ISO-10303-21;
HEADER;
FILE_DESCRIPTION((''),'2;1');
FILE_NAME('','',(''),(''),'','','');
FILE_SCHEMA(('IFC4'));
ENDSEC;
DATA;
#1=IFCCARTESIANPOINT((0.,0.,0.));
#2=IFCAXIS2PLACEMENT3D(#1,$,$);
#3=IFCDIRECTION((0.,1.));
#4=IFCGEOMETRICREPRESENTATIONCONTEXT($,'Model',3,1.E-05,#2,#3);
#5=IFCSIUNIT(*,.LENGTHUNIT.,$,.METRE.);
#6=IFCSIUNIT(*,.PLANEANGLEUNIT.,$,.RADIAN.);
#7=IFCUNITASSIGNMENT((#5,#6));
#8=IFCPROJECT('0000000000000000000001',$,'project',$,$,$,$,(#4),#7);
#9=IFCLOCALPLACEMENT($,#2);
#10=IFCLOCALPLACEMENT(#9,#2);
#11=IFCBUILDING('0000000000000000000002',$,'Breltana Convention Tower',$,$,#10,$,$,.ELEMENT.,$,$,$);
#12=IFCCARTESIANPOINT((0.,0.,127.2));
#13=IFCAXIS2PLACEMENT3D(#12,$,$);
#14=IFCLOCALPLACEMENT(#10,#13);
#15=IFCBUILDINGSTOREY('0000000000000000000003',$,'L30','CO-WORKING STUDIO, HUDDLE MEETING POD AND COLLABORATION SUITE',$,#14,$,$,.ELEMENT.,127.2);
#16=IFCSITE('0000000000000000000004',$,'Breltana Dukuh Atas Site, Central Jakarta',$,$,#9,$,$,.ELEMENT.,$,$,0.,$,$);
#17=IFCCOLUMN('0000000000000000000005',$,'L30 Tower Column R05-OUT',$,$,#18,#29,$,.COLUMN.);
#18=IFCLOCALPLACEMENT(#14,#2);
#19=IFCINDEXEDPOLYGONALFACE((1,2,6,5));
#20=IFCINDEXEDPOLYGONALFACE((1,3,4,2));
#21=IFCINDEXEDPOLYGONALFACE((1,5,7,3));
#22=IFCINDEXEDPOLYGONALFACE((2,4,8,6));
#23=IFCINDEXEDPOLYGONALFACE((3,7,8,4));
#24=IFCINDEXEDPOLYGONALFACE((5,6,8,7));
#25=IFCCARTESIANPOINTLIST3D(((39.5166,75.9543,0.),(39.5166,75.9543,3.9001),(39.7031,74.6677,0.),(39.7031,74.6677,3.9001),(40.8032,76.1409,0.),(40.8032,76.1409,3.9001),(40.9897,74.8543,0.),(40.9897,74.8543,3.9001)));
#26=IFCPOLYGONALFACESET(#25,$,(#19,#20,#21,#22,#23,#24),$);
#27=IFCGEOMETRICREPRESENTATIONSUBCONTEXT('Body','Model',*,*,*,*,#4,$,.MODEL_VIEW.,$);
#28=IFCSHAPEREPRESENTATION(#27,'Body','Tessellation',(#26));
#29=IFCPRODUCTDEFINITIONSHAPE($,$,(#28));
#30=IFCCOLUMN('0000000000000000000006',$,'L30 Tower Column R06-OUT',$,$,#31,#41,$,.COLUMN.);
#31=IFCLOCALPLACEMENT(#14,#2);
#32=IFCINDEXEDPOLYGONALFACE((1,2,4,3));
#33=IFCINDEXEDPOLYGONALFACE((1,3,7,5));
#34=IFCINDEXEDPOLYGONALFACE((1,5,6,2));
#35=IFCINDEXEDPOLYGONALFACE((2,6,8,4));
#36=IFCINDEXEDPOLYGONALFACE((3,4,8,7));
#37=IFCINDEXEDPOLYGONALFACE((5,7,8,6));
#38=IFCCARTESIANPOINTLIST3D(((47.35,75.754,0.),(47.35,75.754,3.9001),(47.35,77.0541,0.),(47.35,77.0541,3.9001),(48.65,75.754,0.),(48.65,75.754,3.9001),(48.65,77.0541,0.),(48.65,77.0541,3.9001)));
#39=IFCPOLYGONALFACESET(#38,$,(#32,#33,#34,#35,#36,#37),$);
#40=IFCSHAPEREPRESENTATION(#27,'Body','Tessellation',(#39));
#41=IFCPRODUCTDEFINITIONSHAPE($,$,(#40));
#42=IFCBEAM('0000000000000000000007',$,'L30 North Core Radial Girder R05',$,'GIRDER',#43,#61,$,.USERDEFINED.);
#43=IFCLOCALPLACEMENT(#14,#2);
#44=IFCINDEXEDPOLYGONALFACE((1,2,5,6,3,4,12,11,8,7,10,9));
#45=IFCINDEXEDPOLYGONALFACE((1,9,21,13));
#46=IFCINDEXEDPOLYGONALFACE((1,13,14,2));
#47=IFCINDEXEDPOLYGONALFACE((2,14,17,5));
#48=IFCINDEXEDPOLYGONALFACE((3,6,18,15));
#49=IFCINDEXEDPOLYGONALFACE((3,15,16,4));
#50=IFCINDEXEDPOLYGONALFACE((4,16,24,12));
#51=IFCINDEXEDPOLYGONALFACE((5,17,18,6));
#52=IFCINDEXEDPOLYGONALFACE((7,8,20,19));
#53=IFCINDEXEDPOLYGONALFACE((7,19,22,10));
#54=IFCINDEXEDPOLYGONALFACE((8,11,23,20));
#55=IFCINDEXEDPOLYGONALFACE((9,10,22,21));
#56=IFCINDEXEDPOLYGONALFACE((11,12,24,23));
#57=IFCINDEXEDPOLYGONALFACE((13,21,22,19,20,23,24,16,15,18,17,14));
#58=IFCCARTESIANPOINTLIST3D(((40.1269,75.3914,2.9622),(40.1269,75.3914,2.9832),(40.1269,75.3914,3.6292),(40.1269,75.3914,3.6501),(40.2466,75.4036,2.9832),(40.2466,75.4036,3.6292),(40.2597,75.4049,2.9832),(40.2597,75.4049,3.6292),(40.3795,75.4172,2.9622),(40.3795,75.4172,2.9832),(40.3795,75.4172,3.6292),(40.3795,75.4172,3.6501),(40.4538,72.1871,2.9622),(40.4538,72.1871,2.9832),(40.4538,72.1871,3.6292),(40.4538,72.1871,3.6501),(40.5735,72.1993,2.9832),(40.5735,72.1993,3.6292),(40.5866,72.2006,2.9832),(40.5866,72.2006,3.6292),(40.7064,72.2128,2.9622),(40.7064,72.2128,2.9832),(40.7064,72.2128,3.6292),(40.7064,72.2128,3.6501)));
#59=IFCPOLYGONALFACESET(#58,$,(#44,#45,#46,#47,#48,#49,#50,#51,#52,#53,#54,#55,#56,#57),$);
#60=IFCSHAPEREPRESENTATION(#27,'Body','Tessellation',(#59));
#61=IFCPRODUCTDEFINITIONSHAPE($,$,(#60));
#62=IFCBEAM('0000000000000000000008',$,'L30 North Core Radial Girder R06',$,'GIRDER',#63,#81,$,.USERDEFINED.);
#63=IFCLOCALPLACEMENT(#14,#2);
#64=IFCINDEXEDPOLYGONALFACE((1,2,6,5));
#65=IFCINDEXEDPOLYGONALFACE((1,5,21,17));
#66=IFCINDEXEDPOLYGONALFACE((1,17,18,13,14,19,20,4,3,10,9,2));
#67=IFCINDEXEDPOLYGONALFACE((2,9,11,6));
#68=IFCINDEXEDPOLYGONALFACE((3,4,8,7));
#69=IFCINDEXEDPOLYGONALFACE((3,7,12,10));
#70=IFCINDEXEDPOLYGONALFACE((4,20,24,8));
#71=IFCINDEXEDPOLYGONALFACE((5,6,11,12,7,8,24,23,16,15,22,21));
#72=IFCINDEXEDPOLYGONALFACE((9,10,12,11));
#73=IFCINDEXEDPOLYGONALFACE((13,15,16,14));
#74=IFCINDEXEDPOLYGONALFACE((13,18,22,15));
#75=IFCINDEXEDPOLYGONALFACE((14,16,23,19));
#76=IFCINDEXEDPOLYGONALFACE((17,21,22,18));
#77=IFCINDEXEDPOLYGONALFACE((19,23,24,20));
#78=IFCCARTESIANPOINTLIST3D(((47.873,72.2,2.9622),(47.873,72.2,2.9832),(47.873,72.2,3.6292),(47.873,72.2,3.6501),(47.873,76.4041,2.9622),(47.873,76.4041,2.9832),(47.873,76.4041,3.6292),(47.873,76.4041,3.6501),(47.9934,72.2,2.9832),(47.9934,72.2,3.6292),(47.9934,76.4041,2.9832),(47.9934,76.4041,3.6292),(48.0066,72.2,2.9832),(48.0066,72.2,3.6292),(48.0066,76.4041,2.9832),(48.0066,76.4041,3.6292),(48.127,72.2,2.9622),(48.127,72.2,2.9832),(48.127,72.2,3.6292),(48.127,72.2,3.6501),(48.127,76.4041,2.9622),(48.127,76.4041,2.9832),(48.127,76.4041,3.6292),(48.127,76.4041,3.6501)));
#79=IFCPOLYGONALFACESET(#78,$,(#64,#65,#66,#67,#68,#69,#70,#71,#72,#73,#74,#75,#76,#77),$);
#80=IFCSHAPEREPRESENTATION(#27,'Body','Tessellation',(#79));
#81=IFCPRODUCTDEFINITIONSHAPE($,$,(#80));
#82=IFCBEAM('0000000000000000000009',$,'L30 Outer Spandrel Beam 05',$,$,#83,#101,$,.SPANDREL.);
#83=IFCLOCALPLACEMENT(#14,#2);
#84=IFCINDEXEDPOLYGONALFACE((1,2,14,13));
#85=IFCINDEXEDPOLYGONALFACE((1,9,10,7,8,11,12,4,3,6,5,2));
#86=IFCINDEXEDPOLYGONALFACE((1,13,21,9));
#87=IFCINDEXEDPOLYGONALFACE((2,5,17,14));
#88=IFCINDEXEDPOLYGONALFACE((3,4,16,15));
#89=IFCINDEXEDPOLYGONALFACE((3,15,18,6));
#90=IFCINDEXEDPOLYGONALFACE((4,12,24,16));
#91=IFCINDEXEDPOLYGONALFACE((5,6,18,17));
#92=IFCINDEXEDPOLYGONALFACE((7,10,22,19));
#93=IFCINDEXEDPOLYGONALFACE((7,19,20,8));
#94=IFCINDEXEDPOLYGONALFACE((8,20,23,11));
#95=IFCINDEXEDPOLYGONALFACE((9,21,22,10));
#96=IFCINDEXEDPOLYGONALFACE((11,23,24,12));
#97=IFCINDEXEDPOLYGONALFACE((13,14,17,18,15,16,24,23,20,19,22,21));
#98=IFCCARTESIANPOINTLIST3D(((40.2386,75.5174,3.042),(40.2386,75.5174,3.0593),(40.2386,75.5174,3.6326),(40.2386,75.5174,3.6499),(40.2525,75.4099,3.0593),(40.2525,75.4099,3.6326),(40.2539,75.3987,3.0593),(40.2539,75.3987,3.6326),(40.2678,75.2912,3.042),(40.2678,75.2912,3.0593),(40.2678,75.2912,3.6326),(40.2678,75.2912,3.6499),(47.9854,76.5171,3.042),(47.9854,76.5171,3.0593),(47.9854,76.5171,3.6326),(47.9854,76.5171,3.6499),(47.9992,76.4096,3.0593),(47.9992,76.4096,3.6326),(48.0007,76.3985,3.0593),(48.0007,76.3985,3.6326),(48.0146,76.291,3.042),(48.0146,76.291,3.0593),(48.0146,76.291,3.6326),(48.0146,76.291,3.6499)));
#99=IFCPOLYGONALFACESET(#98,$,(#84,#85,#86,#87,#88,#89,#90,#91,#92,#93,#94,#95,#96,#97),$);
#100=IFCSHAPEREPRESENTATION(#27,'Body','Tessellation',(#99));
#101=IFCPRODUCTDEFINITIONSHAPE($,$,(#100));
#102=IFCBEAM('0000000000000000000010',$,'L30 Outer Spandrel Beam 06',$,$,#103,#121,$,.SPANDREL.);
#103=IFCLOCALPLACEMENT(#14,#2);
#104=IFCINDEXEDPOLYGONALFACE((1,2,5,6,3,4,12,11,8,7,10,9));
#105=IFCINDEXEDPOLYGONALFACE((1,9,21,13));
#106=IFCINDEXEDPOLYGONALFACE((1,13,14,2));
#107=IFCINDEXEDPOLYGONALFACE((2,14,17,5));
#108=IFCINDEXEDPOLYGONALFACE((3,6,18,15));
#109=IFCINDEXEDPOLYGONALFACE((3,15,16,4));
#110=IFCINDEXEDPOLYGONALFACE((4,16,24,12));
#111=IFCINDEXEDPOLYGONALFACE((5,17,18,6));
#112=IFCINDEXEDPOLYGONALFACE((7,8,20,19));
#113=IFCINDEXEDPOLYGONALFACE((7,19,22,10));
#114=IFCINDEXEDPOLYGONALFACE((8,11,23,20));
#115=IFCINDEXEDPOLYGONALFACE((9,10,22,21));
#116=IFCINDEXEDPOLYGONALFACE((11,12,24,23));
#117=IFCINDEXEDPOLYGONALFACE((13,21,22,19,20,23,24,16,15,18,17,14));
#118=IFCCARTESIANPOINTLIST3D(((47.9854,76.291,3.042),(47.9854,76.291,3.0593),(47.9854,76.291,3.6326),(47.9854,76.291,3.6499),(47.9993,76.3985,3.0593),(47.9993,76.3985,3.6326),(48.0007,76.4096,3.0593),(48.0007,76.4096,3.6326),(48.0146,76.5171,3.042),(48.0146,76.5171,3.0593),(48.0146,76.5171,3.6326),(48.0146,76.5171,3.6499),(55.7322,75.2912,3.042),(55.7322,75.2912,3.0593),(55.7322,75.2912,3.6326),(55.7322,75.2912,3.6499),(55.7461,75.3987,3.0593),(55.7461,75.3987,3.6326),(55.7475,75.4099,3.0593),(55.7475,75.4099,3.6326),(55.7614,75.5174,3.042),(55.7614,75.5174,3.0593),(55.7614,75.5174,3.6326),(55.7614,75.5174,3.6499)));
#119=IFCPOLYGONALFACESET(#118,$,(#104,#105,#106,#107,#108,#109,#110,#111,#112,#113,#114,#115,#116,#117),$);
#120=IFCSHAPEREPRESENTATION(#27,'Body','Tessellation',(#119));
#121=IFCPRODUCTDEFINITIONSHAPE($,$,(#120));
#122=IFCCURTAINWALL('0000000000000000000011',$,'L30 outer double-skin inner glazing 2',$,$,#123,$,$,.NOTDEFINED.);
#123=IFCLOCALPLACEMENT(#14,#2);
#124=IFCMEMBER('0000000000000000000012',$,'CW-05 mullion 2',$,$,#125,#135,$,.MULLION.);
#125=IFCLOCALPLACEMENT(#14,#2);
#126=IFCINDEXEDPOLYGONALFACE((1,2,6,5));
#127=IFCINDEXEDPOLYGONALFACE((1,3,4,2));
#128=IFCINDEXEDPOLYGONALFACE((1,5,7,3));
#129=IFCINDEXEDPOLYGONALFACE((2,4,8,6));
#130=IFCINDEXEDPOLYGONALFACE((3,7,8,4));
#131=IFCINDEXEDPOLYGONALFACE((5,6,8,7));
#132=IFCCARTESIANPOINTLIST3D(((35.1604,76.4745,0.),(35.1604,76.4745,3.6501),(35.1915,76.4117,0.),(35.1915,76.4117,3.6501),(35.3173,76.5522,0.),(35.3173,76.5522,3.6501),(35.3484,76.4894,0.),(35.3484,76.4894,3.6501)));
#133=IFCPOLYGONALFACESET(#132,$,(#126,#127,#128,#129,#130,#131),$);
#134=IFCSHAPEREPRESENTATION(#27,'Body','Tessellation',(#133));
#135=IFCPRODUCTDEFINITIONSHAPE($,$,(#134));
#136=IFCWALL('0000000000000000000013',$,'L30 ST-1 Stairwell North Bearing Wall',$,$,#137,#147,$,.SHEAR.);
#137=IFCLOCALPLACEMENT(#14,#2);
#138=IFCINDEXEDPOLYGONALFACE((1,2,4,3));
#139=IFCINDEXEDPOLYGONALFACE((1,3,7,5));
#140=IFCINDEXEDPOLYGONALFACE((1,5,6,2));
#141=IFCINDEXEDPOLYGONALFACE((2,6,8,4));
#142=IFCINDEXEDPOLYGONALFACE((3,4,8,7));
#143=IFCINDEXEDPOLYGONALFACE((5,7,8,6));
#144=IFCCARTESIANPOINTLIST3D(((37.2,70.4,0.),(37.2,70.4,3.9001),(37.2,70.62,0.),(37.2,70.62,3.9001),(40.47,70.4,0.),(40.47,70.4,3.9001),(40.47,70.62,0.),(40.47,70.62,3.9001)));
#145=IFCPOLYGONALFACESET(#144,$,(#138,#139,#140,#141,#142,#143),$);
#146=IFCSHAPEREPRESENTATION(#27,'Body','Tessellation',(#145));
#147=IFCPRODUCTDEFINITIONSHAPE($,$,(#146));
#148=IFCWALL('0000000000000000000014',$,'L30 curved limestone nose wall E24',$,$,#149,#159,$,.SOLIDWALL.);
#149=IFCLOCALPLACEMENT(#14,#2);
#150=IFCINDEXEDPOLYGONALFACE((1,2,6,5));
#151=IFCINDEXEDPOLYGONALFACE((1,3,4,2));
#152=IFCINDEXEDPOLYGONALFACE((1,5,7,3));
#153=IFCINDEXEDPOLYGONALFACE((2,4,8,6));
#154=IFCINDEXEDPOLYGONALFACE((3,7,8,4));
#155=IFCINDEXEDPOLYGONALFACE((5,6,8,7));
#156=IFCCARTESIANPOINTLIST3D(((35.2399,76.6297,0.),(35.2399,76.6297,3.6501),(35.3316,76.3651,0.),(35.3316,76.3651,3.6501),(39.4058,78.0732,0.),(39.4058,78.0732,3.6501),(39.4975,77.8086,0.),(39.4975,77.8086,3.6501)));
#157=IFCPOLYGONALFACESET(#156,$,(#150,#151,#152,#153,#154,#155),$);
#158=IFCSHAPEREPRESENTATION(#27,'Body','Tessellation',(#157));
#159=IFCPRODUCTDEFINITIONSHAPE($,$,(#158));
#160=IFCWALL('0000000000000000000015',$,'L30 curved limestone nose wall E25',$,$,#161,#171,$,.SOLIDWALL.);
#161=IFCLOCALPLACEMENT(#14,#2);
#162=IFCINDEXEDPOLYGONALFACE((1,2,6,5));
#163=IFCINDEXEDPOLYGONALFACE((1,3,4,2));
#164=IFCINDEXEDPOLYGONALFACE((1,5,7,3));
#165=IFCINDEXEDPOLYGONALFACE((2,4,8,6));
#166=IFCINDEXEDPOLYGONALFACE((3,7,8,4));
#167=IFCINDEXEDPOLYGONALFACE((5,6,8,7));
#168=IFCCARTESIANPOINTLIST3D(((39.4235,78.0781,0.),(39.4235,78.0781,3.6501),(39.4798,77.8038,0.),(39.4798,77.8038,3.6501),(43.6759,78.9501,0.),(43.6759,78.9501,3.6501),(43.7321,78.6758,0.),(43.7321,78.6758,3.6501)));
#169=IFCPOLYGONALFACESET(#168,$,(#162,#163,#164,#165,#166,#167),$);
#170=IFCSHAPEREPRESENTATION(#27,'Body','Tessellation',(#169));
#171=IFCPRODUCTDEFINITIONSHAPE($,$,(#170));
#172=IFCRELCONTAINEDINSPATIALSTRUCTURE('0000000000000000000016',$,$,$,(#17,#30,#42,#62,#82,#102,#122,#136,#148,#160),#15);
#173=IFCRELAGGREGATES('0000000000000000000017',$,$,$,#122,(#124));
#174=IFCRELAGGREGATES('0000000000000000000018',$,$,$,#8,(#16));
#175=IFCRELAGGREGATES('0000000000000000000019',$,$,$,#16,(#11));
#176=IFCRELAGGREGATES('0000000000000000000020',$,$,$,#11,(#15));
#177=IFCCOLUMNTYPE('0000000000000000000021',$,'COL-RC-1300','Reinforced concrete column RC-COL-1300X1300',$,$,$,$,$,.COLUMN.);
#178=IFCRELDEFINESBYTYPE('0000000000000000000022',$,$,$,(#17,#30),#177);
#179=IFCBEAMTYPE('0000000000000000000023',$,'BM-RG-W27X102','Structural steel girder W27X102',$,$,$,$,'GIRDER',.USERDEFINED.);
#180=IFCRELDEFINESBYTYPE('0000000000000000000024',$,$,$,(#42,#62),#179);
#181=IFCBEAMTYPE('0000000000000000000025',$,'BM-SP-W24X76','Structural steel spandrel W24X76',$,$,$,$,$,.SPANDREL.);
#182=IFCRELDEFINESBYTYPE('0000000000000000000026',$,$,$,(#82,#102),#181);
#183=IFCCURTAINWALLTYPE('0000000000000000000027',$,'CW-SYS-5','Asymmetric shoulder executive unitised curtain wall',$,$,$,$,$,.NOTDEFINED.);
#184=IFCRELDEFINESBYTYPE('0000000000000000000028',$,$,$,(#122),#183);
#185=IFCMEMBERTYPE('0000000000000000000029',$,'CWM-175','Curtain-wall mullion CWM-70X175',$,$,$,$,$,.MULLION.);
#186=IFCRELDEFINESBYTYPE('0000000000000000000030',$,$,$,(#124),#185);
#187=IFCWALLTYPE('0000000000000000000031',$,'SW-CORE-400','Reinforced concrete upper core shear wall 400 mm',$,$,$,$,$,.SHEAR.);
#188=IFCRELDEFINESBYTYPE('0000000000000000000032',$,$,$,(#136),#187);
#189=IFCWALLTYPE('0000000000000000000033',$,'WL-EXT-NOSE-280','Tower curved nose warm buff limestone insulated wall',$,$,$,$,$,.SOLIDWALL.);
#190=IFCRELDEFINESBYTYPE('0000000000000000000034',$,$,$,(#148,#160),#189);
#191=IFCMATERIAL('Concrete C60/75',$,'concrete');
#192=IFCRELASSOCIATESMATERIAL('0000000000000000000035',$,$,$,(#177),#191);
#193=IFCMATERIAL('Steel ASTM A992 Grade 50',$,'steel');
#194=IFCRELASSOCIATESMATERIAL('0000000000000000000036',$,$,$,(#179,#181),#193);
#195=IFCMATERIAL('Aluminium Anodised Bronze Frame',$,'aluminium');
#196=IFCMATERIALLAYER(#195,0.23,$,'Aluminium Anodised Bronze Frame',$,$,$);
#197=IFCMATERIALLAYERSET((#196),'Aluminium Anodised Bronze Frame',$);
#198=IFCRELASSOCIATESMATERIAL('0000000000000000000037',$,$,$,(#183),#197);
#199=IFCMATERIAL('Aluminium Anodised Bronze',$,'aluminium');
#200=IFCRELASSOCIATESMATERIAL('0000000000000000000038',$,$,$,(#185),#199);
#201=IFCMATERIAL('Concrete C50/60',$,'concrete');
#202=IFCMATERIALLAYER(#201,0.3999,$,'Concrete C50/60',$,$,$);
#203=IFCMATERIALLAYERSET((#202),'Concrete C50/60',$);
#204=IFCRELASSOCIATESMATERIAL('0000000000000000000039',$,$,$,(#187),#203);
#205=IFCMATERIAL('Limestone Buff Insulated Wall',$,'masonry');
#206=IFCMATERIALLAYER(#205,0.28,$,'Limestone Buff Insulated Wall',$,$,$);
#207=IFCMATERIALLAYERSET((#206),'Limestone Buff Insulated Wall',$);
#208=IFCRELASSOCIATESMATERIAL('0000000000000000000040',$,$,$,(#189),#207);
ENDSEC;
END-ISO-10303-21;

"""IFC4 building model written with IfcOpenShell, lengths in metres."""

from ifc_helpers import new_model, si_unit, direction, frame, frame_2d, origin, origin_2d, place, context, subcontext, project, spatial, rectangle, i_section, extrude, source, transform, mapped, material, layer, layer_set, material_profile, profile_set, type_object, element, aggregate, save


model = new_model("IFC4")

# Units and contexts
model_context = context("Model", 3, precision=1e-05, world=origin(), true_north=direction((0.0, 1.0)))
body_context = subcontext(model_context, "Body", "Model", "MODEL_VIEW")
ifc_project = project(units=[si_unit("LENGTHUNIT", "METRE"), si_unit("PLANEANGLEUNIT", "RADIAN")], contexts=[model_context])

# Site, building, storey
site_placement = place(None, origin())
site = spatial("IfcSite", under=ifc_project, at=site_placement, Name="Breltana Dukuh Atas Site, Central Jakarta", CompositionType="ELEMENT", RefElevation=0.0)
building_placement = place(site_placement, origin())
building = spatial("IfcBuilding", under=site, at=building_placement, Name="Breltana Convention Tower", CompositionType="ELEMENT")
storey_placement = place(building_placement, frame((0.0, 0.0, 127.2)))
storey = spatial("IfcBuildingStorey", under=building, at=storey_placement, Name="L30", Description="CO-WORKING STUDIO, HUDDLE MEETING POD AND COLLABORATION SUITE", CompositionType="ELEMENT", Elevation=127.2)

# Columns
ifc_material_1 = material(Name="Concrete C60/75", Category="concrete")
ifc_material_profile_1 = material_profile(ifc_material_1, rectangle(XDim=1.3, YDim=1.3, at=origin_2d()), Name="RC-COL-1300X1300")
ifc_profile_set_1 = profile_set([ifc_material_profile_1], Name="Concrete C60/75")
column_type = type_object("IfcColumnType", Name="COL-RC-1300", Description="Reinforced concrete column RC-COL-1300X1300", PredefinedType="COLUMN", material=ifc_profile_set_1)
shared_shape_1 = source(origin(), body_context, "Body", "SweptSolid", [
    extrude(rectangle(XDim=1.3, YDim=1.3, at=origin_2d()), origin(), (0.0, 0.0, 1.0), 3.9001),
])
for number, where, z_axis, x_axis, name in (
    (1, (40.2532, 75.4043, 0.0), (0.0, 0.0, 1.0), (-0.143493, 0.989651, 0.0), "L30 Tower Column R05-OUT"),
    (2, (48.0, 76.4041, 0.0), (0.0, 0.0, 1.0), (0.0, 1.0, 0.0), "L30 Tower Column R06-OUT"),
):
    element("IfcColumn", number, at=place(storey_placement, frame(where, z_axis=z_axis, x_axis=x_axis)), inside=storey, type_object=column_type, Name=name, PredefinedType="COLUMN", context=body_context, shape_type="MappedRepresentation", body=[
        mapped(shared_shape_1, transform((0.0, 0.0, 0.0), scale=1.0)),
    ])

# Beams
ifc_material_2 = material(Name="Steel ASTM A992 Grade 50", Category="steel")
ifc_material_profile_2 = material_profile(ifc_material_2, i_section(OverallWidth=0.2539, OverallDepth=0.688, WebThickness=0.0132, FlangeThickness=0.021, at=origin_2d()), Name="W27X102")
ifc_profile_set_2 = profile_set([ifc_material_profile_2], Name="Steel ASTM A992 Grade 50")
beam_type_1 = type_object("IfcBeamType", Name="BM-RG-W27X102", Description="Structural steel girder W27X102", ElementType="GIRDER", PredefinedType="USERDEFINED", material=ifc_profile_set_2)
shared_shape_2 = source(origin(), body_context, "Body", "SweptSolid", [
    extrude(i_section(OverallWidth=0.2539, OverallDepth=0.688, WebThickness=0.0132, FlangeThickness=0.021, at=origin_2d()), origin(), (0.0, 0.0, 1.0), 3.2209),
])
beam_1_placement = place(storey_placement, frame((40.5801, 72.2, 3.3062), z_axis=(-0.101492, 0.994836, 0.0), x_axis=(-0.994836, -0.101492, 0.0)))
element("IfcBeam", 3, at=beam_1_placement, inside=storey, type_object=beam_type_1, Name="L30 North Core Radial Girder R05", ObjectType="GIRDER", PredefinedType="USERDEFINED", context=body_context, shape_type="MappedRepresentation", body=[
    mapped(shared_shape_2, transform((0.0, 0.0, 0.0), scale=1.0)),
])
shared_shape_3 = source(origin(), body_context, "Body", "SweptSolid", [
    extrude(i_section(OverallWidth=0.2539, OverallDepth=0.688, WebThickness=0.0132, FlangeThickness=0.021, at=origin_2d()), origin(), (0.0, 0.0, 1.0), 4.2041),
])
beam_2_placement = place(storey_placement, frame((48.0, 72.2, 3.3062), z_axis=(0.0, 1.0, 0.0), x_axis=(-1.0, 0.0, 0.0)))
element("IfcBeam", 4, at=beam_2_placement, inside=storey, type_object=beam_type_1, Name="L30 North Core Radial Girder R06", ObjectType="GIRDER", PredefinedType="USERDEFINED", context=body_context, shape_type="MappedRepresentation", body=[
    mapped(shared_shape_3, transform((0.0, 0.0, 0.0), scale=1.0)),
])
ifc_material_profile_3 = material_profile(ifc_material_2, i_section(OverallWidth=0.228, OverallDepth=0.6079, WebThickness=0.0112, FlangeThickness=0.0173, at=origin_2d()), Name="W24X76")
ifc_profile_set_3 = profile_set([ifc_material_profile_3], Name="Steel ASTM A992 Grade 50")
beam_type_2 = type_object("IfcBeamType", Name="BM-SP-W24X76", Description="Structural steel spandrel W24X76", PredefinedType="SPANDREL", material=ifc_profile_set_3)
shared_shape_4 = source(origin(), body_context, "Body", "SweptSolid", [
    extrude(i_section(OverallWidth=0.228, OverallDepth=0.6079, WebThickness=0.0112, FlangeThickness=0.0173, at=origin_2d()), origin(), (0.0, 0.0, 1.0), 7.811),
])
for number, where, z_axis, x_axis, name in (
    (5, (40.2532, 75.4043, 3.3459), (0.991775, 0.127992, 0.0), (-0.127992, 0.991775, 0.0), "L30 Outer Spandrel Beam 05"),
    (6, (48.0, 76.4041, 3.3459), (0.991775, -0.127992, 0.0), (0.127992, 0.991775, 0.0), "L30 Outer Spandrel Beam 06"),
):
    element("IfcBeam", number, at=place(storey_placement, frame(where, z_axis=z_axis, x_axis=x_axis)), inside=storey, type_object=beam_type_2, Name=name, PredefinedType="SPANDREL", context=body_context, shape_type="MappedRepresentation", body=[
        mapped(shared_shape_4, transform((0.0, 0.0, 0.0), scale=1.0)),
    ])

# Curtain wall, member
ifc_material_3 = material(Name="Aluminium Anodised Bronze Frame", Category="aluminium")
ifc_layer_1 = layer(ifc_material_3, 0.23, Name="Aluminium Anodised Bronze Frame")
ifc_layer_set_1 = layer_set([ifc_layer_1], Name="Aluminium Anodised Bronze Frame")
curtain_wall_type = type_object("IfcCurtainWallType", Name="CW-SYS-5", Description="Asymmetric shoulder executive unitised curtain wall", PredefinedType="NOTDEFINED", material=ifc_layer_set_1)
curtain_wall_placement = place(storey_placement, origin())
curtain_wall = element("IfcCurtainWall", 7, at=curtain_wall_placement, inside=storey, type_object=curtain_wall_type, Name="L30 outer double-skin inner glazing 2", PredefinedType="NOTDEFINED")
ifc_material_4 = material(Name="Aluminium Anodised Bronze", Category="aluminium")
ifc_material_profile_4 = material_profile(ifc_material_4, rectangle(XDim=0.0701, YDim=0.175, at=origin_2d()), Name="CWM-70X175")
ifc_profile_set_4 = profile_set([ifc_material_profile_4], Name="Aluminium Anodised Bronze")
member_type = type_object("IfcMemberType", Name="CWM-175", Description="Curtain-wall mullion CWM-70X175", PredefinedType="MULLION", material=ifc_profile_set_4)
shared_shape_5 = source(origin(), body_context, "Body", "SweptSolid", [
    extrude(rectangle(XDim=0.0701, YDim=0.175, at=origin_2d()), origin(), (0.0, 0.0, 1.0), 3.6501),
])
member_placement = place(storey_placement, frame((35.2544, 76.4819, 0.0), z_axis=(0.0, 0.0, 1.0), x_axis=(-0.444122, 0.895967, 0.0)))
member = element("IfcMember", 8, at=member_placement, type_object=member_type, Name="CW-05 mullion 2", PredefinedType="MULLION", context=body_context, shape_type="MappedRepresentation", body=[
    mapped(shared_shape_5, transform((0.0, 0.0, 0.0), scale=1.0)),
])
aggregate(curtain_wall, [member])

# Walls
ifc_material_5 = material(Name="Concrete C50/60", Category="concrete")
ifc_layer_2 = layer(ifc_material_5, 0.3999, Name="Concrete C50/60")
ifc_layer_set_2 = layer_set([ifc_layer_2], Name="Concrete C50/60")
wall_type_1 = type_object("IfcWallType", Name="SW-CORE-400", Description="Reinforced concrete upper core shear wall 400 mm", PredefinedType="SHEAR", material=ifc_layer_set_2)
shared_shape_6 = source(origin(), body_context, "Body", "SweptSolid", [
    extrude(rectangle(XDim=3.27, YDim=0.22, at=frame_2d((1.635, 0.0))), origin(), (0.0, 0.0, 1.0), 3.9001),
])
wall_1_placement = place(storey_placement, frame((37.2, 70.51, 0.0), z_axis=(0.0, 0.0, 1.0), x_axis=(1.0, 0.0, 0.0)))
element("IfcWall", 9, at=wall_1_placement, inside=storey, type_object=wall_type_1, Name="L30 ST-1 Stairwell North Bearing Wall", PredefinedType="SHEAR", context=body_context, shape_type="MappedRepresentation", body=[
    mapped(shared_shape_6, transform((0.0, 0.0, 0.0), scale=1.0)),
])
ifc_material_6 = material(Name="Limestone Buff Insulated Wall", Category="masonry")
ifc_layer_3 = layer(ifc_material_6, 0.28, Name="Limestone Buff Insulated Wall")
ifc_layer_set_3 = layer_set([ifc_layer_3], Name="Limestone Buff Insulated Wall")
wall_type_2 = type_object("IfcWallType", Name="WL-EXT-NOSE-280", Description="Tower curved nose warm buff limestone insulated wall", PredefinedType="SOLIDWALL", material=ifc_layer_set_3)
shared_shape_7 = source(origin(), body_context, "Body", "SweptSolid", [
    extrude(rectangle(XDim=4.4089, YDim=0.28, at=frame_2d((2.2046, 0.0))), origin(), (0.0, 0.0, 1.0), 3.6501),
])
wall_2_placement = place(storey_placement, frame((35.2856, 76.4973, 0.0), z_axis=(0.0, 0.0, 1.0), x_axis=(0.944879, 0.327419, 0.0)))
element("IfcWall", 10, at=wall_2_placement, inside=storey, type_object=wall_type_2, Name="L30 curved limestone nose wall E24", PredefinedType="SOLIDWALL", context=body_context, shape_type="MappedRepresentation", body=[
    mapped(shared_shape_7, transform((0.0, 0.0, 0.0), scale=1.0)),
])
shared_shape_8 = source(origin(), body_context, "Body", "SweptSolid", [
    extrude(rectangle(XDim=4.3408, YDim=0.28, at=frame_2d((2.1704, 0.0))), origin(), (0.0, 0.0, 1.0), 3.6501),
])
wall_3_placement = place(storey_placement, frame((39.4517, 77.9409, 0.0), z_axis=(0.0, 0.0, 1.0), x_axis=(0.979613, 0.200894, 0.0)))
element("IfcWall", 11, at=wall_3_placement, inside=storey, type_object=wall_type_2, Name="L30 curved limestone nose wall E25", PredefinedType="SOLIDWALL", context=body_context, shape_type="MappedRepresentation", body=[
    mapped(shared_shape_8, transform((0.0, 0.0, 0.0), scale=1.0)),
])

save(model, "model.ifc")
